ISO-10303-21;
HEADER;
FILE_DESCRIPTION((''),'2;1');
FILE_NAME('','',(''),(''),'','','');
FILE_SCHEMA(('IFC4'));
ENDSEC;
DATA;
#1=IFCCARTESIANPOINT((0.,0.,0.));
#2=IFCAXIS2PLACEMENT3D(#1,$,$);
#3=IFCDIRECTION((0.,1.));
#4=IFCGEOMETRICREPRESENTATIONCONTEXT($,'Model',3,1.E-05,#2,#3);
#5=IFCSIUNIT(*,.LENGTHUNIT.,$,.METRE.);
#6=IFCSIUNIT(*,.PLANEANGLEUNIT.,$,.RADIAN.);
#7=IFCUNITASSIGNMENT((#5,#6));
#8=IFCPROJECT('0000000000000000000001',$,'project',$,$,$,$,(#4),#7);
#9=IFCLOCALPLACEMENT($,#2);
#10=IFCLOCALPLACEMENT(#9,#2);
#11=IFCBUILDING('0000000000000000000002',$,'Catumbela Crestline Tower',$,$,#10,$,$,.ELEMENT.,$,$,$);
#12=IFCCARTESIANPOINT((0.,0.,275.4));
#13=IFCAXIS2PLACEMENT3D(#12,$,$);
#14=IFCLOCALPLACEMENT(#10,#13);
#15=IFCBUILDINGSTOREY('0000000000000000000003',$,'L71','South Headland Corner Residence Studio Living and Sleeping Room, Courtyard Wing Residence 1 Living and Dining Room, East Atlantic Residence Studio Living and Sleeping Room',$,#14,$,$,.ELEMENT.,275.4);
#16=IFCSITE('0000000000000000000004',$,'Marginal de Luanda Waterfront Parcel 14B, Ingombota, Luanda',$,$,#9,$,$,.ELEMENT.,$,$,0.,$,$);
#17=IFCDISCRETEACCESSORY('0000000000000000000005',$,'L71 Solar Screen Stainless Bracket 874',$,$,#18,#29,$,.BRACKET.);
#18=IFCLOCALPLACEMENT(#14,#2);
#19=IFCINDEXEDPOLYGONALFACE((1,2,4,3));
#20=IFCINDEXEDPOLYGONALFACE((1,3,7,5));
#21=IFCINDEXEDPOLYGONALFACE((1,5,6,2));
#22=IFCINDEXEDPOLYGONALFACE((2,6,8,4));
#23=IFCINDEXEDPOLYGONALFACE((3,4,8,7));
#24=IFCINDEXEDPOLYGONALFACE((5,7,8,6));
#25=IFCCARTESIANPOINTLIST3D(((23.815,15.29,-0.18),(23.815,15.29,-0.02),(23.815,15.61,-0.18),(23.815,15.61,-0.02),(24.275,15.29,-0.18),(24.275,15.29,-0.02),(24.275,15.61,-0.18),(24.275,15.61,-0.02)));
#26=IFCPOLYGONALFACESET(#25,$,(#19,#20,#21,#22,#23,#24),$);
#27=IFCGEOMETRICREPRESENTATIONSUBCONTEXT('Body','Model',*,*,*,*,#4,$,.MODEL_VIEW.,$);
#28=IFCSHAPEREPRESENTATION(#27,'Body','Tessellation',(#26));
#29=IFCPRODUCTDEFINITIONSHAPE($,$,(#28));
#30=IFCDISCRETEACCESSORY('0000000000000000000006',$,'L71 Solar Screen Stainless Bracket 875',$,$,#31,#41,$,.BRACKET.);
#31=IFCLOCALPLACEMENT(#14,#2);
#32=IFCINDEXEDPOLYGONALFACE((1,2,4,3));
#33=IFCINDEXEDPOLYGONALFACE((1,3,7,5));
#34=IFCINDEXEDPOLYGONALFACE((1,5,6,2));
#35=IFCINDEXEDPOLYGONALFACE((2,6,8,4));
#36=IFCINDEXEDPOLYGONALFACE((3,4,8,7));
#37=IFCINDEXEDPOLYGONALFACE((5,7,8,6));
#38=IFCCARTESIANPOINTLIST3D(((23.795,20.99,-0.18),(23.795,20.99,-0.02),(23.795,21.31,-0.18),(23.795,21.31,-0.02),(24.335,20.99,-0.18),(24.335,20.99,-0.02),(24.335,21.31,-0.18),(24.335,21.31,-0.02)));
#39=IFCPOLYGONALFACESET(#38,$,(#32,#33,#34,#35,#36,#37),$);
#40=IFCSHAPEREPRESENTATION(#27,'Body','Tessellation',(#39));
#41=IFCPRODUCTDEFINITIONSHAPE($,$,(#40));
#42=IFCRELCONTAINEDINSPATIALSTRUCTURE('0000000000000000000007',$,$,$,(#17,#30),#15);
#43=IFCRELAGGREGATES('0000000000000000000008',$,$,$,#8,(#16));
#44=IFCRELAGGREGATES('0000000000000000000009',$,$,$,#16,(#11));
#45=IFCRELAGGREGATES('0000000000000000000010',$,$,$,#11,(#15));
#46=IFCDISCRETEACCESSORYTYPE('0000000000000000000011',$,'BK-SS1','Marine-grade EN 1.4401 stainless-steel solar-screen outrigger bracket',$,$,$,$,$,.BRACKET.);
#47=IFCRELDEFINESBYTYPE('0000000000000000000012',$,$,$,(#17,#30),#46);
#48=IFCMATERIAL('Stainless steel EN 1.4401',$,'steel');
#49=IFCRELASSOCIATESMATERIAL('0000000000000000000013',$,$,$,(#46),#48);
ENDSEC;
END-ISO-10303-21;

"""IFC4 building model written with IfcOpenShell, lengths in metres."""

from ifc_helpers import new_model, si_unit, direction, frame, origin, origin_2d, place, context, subcontext, project, spatial, rectangle, extrude, material, type_object, element, save


model = new_model("IFC4")

# Units and contexts
model_context = context("Model", 3, precision=1e-05, world=origin(), true_north=direction((0.0, 1.0)))
body_context = subcontext(model_context, "Body", "Model", "MODEL_VIEW")
ifc_project = project(units=[si_unit("LENGTHUNIT", "METRE"), si_unit("PLANEANGLEUNIT", "RADIAN")], contexts=[model_context])

# Site, building, storey
site_placement = place(None, origin())
site = spatial("IfcSite", under=ifc_project, at=site_placement, Name="Marginal de Luanda Waterfront Parcel 14B, Ingombota, Luanda", CompositionType="ELEMENT", RefElevation=0.0)
building_placement = place(site_placement, origin())
building = spatial("IfcBuilding", under=site, at=building_placement, Name="Catumbela Crestline Tower", CompositionType="ELEMENT")
storey_placement = place(building_placement, frame((0.0, 0.0, 275.4)))
storey = spatial("IfcBuildingStorey", under=building, at=storey_placement, Name="L71", Description="South Headland Corner Residence Studio Living and Sleeping Room, Courtyard Wing Residence 1 Living and Dining Room, East Atlantic Residence Studio Living and Sleeping Room", CompositionType="ELEMENT", Elevation=275.4)

# Shared definitions
ifc_material_1 = material(Name="Stainless steel EN 1.4401", Category="steel")

# Discrete accessories
discrete_accessory_type = type_object("IfcDiscreteAccessoryType", Name="BK-SS1", Description="Marine-grade EN 1.4401 stainless-steel solar-screen outrigger bracket", PredefinedType="BRACKET", material=ifc_material_1)
discrete_accessory_1_placement = place(storey_placement, frame((24.045, 15.45, -0.18), z_axis=(0.0, 0.0, 1.0), x_axis=(0.0, 1.0, 0.0)))
element("IfcDiscreteAccessory", 1, at=discrete_accessory_1_placement, inside=storey, type_object=discrete_accessory_type, Name="L71 Solar Screen Stainless Bracket 874", PredefinedType="BRACKET", context=body_context, shape_type="SweptSolid", body=[
    extrude(rectangle(XDim=0.32, YDim=0.46, at=origin_2d()), origin(), (0.0, 0.0, 1.0), 0.16),
])
discrete_accessory_2_placement = place(storey_placement, frame((24.065, 21.15, -0.18), z_axis=(0.0, 0.0, 1.0), x_axis=(0.0, 1.0, 0.0)))
element("IfcDiscreteAccessory", 2, at=discrete_accessory_2_placement, inside=storey, type_object=discrete_accessory_type, Name="L71 Solar Screen Stainless Bracket 875", PredefinedType="BRACKET", context=body_context, shape_type="SweptSolid", body=[
    extrude(rectangle(XDim=0.32, YDim=0.54, at=origin_2d()), origin(), (0.0, 0.0, 1.0), 0.16),
])

save(model, "model.ifc")
